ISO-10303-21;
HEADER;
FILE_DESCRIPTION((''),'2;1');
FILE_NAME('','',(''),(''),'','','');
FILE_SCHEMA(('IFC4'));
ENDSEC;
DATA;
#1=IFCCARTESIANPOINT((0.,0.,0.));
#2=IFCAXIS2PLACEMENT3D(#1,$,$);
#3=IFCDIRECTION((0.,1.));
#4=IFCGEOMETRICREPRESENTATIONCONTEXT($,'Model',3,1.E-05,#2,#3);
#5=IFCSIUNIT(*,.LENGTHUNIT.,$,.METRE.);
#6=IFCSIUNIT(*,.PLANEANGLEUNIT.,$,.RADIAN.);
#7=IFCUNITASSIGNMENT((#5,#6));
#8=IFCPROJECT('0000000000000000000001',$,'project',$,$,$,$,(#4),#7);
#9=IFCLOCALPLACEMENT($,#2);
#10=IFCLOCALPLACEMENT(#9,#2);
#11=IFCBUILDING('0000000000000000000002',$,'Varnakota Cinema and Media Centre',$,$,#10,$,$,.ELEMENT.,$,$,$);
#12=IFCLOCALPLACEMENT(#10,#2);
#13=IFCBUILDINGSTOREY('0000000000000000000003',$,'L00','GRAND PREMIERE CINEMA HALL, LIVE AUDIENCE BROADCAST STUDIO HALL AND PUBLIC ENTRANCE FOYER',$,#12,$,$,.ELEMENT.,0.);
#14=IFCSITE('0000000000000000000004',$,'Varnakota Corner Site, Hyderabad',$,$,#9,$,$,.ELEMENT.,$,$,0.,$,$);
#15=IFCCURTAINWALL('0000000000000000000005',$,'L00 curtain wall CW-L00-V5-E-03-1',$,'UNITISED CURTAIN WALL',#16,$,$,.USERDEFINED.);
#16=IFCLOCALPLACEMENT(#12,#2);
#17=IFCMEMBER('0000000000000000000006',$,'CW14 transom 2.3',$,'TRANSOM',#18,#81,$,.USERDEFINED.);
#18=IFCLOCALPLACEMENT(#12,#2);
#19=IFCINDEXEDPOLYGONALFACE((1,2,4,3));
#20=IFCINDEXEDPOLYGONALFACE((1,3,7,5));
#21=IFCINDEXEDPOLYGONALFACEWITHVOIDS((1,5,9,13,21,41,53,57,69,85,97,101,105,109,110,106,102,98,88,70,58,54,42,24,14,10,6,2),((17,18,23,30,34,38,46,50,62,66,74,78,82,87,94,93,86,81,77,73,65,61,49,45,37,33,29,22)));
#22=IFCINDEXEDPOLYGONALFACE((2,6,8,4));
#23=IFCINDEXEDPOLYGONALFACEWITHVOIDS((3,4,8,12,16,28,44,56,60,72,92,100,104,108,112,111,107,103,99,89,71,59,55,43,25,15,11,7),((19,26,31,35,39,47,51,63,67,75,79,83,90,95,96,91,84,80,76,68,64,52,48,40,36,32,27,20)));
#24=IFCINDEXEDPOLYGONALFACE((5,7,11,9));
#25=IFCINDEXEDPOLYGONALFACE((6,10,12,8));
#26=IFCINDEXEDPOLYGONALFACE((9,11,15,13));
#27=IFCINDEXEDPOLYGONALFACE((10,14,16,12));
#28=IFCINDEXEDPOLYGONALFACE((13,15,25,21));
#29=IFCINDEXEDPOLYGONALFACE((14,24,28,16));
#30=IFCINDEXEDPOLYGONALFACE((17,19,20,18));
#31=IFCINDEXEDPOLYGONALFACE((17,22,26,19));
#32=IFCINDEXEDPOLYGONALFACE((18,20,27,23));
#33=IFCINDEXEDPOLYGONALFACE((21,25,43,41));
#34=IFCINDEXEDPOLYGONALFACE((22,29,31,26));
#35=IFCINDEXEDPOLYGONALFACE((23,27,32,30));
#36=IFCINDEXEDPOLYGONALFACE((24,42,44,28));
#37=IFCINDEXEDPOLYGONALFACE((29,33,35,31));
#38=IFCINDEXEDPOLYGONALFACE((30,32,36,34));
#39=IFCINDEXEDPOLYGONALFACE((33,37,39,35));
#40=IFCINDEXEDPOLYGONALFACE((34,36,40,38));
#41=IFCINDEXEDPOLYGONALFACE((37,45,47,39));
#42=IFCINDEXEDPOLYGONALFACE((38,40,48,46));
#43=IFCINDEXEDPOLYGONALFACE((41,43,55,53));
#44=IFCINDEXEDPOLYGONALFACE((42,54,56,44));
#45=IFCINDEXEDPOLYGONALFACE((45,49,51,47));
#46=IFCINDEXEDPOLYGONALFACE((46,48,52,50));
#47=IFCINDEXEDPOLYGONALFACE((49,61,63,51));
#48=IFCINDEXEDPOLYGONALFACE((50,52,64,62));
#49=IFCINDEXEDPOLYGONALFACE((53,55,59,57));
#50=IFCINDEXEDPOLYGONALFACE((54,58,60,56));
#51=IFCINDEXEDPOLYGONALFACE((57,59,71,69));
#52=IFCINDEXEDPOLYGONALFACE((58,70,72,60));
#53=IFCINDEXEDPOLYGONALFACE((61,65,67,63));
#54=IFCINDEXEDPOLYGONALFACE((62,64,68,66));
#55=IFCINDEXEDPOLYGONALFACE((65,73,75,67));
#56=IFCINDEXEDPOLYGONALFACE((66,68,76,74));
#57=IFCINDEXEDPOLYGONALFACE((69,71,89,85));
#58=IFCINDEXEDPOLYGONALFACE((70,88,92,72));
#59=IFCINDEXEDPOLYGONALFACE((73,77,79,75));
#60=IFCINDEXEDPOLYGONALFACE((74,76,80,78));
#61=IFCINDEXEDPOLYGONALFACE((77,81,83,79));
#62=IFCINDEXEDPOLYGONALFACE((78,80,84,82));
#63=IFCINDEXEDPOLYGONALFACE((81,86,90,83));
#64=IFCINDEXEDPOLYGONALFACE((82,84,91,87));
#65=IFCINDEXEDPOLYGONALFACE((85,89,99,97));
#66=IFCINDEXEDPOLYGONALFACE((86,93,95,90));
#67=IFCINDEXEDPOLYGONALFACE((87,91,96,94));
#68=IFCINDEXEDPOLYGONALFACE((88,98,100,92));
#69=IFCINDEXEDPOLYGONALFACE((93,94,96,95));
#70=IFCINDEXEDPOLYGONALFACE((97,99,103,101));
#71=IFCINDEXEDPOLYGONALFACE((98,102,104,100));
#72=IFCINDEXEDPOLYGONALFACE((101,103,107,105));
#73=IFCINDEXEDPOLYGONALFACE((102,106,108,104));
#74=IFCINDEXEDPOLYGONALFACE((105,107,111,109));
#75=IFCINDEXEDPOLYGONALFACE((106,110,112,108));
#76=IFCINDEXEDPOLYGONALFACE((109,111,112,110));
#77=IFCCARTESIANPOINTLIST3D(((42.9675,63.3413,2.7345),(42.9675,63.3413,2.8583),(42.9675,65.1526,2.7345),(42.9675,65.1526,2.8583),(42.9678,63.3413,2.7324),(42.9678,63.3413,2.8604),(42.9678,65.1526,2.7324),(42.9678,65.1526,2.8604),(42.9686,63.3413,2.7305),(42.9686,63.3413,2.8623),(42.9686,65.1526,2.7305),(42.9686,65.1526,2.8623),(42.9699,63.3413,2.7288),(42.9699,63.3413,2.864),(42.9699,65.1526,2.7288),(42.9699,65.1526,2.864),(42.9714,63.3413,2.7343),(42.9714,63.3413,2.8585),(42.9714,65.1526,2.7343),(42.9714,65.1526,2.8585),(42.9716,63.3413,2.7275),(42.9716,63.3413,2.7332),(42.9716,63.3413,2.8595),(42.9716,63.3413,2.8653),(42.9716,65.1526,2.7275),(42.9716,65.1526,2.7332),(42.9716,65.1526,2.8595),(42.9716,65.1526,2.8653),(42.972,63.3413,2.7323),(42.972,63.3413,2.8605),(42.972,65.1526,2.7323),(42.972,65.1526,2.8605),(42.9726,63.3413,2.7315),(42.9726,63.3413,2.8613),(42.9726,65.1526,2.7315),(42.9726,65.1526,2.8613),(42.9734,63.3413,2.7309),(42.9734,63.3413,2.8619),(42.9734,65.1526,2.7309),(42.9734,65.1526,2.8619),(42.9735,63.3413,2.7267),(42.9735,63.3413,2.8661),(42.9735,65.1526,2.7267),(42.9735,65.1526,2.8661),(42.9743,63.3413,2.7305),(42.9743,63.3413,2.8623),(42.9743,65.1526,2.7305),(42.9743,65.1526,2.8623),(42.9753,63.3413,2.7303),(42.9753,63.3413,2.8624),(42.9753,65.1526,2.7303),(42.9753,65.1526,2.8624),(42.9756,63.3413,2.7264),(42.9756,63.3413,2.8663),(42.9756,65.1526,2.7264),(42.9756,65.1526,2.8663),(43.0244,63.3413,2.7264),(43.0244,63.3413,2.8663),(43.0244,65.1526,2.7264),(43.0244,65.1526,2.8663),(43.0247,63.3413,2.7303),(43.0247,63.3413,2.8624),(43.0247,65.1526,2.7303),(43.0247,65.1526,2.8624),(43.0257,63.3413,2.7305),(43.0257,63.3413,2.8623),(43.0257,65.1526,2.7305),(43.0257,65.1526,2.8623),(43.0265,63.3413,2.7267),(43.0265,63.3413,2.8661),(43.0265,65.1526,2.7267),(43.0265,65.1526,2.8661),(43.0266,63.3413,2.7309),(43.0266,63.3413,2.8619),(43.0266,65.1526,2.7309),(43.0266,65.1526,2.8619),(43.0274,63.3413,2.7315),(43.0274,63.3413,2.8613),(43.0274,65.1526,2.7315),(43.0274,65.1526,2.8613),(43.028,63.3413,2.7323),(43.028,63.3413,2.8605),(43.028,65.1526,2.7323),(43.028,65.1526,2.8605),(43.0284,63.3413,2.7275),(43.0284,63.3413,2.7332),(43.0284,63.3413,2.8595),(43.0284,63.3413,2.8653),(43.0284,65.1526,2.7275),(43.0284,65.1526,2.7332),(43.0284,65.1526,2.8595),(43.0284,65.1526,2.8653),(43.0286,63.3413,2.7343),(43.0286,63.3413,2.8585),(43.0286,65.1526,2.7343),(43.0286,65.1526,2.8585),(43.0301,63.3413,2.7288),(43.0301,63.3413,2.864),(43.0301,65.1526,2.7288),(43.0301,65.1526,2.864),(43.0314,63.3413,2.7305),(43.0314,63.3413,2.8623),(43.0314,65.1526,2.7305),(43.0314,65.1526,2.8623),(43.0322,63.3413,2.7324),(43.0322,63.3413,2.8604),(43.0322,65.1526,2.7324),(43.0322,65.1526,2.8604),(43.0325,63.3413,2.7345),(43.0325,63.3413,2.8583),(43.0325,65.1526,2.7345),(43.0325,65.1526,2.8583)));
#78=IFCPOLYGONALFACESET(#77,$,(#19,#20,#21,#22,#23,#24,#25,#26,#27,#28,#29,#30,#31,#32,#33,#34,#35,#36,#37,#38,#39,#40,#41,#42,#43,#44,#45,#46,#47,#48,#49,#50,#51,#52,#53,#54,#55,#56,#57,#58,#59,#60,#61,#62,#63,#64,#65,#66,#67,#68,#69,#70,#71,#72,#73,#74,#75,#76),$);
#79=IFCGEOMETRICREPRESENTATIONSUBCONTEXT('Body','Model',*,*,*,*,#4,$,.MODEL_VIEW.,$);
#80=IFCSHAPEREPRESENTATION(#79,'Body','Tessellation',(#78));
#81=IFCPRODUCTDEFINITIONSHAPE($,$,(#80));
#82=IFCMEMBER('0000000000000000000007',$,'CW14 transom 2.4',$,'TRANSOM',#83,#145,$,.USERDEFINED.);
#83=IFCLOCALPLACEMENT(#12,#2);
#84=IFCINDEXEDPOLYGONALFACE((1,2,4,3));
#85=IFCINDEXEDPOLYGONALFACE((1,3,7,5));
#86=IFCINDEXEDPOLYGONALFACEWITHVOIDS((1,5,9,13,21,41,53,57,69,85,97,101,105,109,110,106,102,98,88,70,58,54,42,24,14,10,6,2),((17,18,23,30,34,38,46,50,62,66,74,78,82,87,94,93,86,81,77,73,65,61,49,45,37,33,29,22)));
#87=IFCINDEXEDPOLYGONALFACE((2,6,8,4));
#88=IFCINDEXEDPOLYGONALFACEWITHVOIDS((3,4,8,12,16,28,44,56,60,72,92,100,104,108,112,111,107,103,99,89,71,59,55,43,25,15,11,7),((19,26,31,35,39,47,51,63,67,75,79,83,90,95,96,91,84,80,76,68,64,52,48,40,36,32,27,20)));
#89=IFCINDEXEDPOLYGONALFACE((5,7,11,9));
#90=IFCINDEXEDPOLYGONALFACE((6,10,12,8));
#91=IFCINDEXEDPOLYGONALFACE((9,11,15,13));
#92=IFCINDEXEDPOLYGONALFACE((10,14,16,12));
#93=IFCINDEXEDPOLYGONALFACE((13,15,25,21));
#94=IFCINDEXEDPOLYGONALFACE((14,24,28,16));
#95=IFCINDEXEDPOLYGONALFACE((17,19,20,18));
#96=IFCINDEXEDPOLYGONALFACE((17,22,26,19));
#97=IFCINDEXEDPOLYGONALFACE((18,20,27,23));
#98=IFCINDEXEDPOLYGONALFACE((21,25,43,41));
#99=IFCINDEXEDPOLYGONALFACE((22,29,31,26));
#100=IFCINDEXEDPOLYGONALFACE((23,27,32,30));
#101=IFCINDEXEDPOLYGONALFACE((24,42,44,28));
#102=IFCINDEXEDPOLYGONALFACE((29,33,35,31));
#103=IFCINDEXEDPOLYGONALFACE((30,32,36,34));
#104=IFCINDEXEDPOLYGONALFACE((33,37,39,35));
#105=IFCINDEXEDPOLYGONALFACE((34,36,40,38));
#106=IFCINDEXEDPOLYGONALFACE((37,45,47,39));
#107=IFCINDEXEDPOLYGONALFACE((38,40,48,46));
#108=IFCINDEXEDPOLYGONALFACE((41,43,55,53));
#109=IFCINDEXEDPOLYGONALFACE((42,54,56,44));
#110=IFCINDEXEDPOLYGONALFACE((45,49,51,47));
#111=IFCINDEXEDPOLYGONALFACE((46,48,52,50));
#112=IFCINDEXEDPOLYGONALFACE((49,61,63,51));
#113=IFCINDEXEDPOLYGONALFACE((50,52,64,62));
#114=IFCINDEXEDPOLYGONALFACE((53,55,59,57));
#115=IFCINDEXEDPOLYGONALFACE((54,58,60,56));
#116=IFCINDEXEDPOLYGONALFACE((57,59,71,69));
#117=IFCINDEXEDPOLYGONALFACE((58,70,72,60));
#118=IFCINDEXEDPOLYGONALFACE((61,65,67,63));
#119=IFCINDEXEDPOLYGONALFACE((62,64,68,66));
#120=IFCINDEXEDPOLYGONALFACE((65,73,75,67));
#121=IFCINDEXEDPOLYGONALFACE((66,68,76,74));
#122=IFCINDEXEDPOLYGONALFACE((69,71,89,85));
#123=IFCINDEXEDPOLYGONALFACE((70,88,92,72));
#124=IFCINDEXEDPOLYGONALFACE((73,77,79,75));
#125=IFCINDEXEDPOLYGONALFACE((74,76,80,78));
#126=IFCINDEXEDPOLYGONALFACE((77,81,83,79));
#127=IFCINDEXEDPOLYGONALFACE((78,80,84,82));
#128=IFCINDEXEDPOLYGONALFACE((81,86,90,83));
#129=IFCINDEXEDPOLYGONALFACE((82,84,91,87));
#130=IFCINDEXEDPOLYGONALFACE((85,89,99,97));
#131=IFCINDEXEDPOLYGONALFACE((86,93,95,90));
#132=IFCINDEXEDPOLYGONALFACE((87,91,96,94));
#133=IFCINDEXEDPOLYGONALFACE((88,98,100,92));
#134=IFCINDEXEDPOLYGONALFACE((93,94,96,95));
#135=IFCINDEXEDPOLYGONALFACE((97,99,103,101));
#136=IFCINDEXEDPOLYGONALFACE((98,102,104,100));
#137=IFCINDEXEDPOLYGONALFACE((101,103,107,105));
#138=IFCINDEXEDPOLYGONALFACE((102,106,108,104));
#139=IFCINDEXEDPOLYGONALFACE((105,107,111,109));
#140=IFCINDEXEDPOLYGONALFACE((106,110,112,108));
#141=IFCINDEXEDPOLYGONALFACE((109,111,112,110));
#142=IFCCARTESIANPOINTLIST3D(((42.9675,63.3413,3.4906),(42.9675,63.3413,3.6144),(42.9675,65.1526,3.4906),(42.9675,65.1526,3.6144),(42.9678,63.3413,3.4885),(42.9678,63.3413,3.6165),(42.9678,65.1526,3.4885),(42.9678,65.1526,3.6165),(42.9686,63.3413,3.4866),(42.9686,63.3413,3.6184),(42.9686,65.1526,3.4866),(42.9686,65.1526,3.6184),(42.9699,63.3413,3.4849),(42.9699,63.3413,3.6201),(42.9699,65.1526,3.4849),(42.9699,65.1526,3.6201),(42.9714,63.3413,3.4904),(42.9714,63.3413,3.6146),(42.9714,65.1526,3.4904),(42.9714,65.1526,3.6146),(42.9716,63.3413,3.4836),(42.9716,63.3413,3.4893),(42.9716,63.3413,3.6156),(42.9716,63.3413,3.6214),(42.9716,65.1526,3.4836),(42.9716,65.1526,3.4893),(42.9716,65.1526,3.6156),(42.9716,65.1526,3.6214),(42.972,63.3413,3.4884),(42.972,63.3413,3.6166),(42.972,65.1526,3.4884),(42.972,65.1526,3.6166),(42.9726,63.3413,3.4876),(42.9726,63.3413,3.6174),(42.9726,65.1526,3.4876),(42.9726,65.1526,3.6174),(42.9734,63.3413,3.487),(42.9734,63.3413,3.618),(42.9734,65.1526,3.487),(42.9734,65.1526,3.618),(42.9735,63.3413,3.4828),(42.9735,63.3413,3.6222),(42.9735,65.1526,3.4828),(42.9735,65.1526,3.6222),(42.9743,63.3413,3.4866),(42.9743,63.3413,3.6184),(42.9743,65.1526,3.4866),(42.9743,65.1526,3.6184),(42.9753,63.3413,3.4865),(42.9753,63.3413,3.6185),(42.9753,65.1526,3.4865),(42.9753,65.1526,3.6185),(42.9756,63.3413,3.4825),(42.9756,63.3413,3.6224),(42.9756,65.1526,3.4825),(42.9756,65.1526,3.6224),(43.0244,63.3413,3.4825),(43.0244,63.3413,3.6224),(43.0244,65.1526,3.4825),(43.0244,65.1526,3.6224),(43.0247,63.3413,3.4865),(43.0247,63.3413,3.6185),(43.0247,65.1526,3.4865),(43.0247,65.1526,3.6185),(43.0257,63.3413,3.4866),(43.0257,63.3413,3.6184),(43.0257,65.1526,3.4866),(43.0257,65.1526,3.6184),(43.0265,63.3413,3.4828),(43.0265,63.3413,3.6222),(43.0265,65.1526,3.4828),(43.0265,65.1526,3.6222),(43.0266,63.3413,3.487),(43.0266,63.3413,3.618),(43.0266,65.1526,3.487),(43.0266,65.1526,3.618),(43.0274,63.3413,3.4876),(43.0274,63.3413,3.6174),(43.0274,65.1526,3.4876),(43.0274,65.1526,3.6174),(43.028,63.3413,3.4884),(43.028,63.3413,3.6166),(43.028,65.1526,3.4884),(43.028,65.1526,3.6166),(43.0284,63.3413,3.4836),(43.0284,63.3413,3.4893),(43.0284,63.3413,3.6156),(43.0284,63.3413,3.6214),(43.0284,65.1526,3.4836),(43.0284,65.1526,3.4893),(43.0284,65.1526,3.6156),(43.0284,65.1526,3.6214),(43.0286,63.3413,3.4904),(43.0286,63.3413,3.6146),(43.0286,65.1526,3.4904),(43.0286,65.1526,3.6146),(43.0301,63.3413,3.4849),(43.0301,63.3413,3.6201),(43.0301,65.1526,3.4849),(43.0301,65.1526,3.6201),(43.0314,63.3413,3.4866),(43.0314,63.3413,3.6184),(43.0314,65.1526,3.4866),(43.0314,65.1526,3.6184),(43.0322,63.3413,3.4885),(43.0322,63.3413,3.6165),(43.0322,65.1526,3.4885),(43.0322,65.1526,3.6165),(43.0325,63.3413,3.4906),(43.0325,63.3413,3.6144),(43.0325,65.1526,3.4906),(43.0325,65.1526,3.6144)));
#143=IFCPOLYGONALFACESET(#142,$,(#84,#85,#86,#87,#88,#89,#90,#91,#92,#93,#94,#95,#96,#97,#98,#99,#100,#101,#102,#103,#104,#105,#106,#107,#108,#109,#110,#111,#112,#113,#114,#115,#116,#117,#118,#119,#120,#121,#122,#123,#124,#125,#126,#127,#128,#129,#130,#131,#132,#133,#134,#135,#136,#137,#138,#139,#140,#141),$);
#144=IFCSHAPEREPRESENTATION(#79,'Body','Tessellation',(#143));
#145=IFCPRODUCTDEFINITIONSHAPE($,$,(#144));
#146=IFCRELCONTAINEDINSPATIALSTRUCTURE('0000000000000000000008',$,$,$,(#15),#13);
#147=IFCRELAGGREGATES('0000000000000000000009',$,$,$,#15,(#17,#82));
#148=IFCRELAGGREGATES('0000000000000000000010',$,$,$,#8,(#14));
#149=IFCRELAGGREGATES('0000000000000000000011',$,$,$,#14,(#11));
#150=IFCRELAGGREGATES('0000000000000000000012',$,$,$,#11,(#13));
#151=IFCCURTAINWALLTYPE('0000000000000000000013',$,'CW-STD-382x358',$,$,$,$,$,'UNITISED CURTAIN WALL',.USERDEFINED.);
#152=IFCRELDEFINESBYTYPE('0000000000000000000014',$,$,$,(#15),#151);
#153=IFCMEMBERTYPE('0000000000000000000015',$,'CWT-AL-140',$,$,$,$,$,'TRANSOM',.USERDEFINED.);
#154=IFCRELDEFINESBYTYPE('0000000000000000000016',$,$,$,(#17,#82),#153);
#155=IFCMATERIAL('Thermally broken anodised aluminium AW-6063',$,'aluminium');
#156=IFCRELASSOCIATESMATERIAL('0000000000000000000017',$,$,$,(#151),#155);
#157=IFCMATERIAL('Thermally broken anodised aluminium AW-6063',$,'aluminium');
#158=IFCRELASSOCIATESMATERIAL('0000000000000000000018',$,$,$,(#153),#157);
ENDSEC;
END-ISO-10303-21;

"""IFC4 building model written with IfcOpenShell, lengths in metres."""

from ifc_helpers import new_model, si_unit, direction, frame, origin, origin_2d, place, context, subcontext, project, spatial, hollow_rectangle, extrude, material, material_profile, profile_set, type_object, element, aggregate, save


model = new_model("IFC4")

# Units and contexts
model_context = context("Model", 3, precision=1e-05, world=origin(), true_north=direction((0.0, 1.0)))
body_context = subcontext(model_context, "Body", "Model", "MODEL_VIEW")
ifc_project = project(units=[si_unit("LENGTHUNIT", "METRE"), si_unit("PLANEANGLEUNIT", "RADIAN")], contexts=[model_context])

# Site, building, storey
site_placement = place(None, origin())
site = spatial("IfcSite", under=ifc_project, at=site_placement, Name="Varnakota Corner Site, Hyderabad", CompositionType="ELEMENT", RefElevation=0.0)
building_placement = place(site_placement, origin())
building = spatial("IfcBuilding", under=site, at=building_placement, Name="Varnakota Cinema and Media Centre", CompositionType="ELEMENT")
storey_placement = place(building_placement, origin())
storey = spatial("IfcBuildingStorey", under=building, at=storey_placement, Name="L00", Description="GRAND PREMIERE CINEMA HALL, LIVE AUDIENCE BROADCAST STUDIO HALL AND PUBLIC ENTRANCE FOYER", CompositionType="ELEMENT", Elevation=0.0)

# Curtain wall
ifc_material_1 = material(Name="Thermally broken anodised aluminium AW-6063", Category="aluminium")
curtain_wall_type = type_object("IfcCurtainWallType", Name="CW-STD-382x358", ElementType="UNITISED CURTAIN WALL", PredefinedType="USERDEFINED", material=ifc_material_1)
curtain_wall_1_placement = place(storey_placement, origin())
curtain_wall_1 = element("IfcCurtainWall", 1, at=curtain_wall_1_placement, inside=storey, type_object=curtain_wall_type, Name="L00 curtain wall CW-L00-V5-E-03-1", ObjectType="UNITISED CURTAIN WALL", PredefinedType="USERDEFINED")

# Members
ifc_material_2 = material(Name="Thermally broken anodised aluminium AW-6063", Category="aluminium")
ifc_material_profile_1 = material_profile(ifc_material_2, hollow_rectangle(XDim=0.0649, YDim=0.1399, WallThickness=0.0039, InnerFilletRadius=0.0039, OuterFilletRadius=0.0081, at=origin_2d()), Name="AL-TRANSOM 140x65x4")
ifc_profile_set_1 = profile_set([ifc_material_profile_1], Name="Thermally broken anodised aluminium AW-6063")
member_type_1 = type_object("IfcMemberType", Name="CWT-AL-140", ElementType="TRANSOM", PredefinedType="USERDEFINED", material=ifc_profile_set_1)
member_1_placement = place(storey_placement, frame((43.0, 63.3413, 2.7964), z_axis=(0.0, 1.0, 0.0), x_axis=(-1.0, 0.0, 0.0)))
member_1 = element("IfcMember", 2, at=member_1_placement, type_object=member_type_1, Name="CW14 transom 2.3", ObjectType="TRANSOM", PredefinedType="USERDEFINED", context=body_context, shape_type="SweptSolid", body=[
    extrude(hollow_rectangle(XDim=0.0649, YDim=0.1399, WallThickness=0.0039, InnerFilletRadius=0.0039, OuterFilletRadius=0.0081, at=origin_2d()), origin(), (0.0, 0.0, 1.0), 1.8113),
])
member_2_placement = place(storey_placement, frame((43.0, 63.3413, 3.5525), z_axis=(0.0, 1.0, 0.0), x_axis=(-1.0, 0.0, 0.0)))
member_2 = element("IfcMember", 3, at=member_2_placement, type_object=member_type_1, Name="CW14 transom 2.4", ObjectType="TRANSOM", PredefinedType="USERDEFINED", context=body_context, shape_type="SweptSolid", body=[
    extrude(hollow_rectangle(XDim=0.0649, YDim=0.1399, WallThickness=0.0039, InnerFilletRadius=0.0039, OuterFilletRadius=0.0081, at=origin_2d()), origin(), (0.0, 0.0, 1.0), 1.8113),
])

aggregate(curtain_wall_1, [member_1, member_2])

save(model, "model.ifc")
